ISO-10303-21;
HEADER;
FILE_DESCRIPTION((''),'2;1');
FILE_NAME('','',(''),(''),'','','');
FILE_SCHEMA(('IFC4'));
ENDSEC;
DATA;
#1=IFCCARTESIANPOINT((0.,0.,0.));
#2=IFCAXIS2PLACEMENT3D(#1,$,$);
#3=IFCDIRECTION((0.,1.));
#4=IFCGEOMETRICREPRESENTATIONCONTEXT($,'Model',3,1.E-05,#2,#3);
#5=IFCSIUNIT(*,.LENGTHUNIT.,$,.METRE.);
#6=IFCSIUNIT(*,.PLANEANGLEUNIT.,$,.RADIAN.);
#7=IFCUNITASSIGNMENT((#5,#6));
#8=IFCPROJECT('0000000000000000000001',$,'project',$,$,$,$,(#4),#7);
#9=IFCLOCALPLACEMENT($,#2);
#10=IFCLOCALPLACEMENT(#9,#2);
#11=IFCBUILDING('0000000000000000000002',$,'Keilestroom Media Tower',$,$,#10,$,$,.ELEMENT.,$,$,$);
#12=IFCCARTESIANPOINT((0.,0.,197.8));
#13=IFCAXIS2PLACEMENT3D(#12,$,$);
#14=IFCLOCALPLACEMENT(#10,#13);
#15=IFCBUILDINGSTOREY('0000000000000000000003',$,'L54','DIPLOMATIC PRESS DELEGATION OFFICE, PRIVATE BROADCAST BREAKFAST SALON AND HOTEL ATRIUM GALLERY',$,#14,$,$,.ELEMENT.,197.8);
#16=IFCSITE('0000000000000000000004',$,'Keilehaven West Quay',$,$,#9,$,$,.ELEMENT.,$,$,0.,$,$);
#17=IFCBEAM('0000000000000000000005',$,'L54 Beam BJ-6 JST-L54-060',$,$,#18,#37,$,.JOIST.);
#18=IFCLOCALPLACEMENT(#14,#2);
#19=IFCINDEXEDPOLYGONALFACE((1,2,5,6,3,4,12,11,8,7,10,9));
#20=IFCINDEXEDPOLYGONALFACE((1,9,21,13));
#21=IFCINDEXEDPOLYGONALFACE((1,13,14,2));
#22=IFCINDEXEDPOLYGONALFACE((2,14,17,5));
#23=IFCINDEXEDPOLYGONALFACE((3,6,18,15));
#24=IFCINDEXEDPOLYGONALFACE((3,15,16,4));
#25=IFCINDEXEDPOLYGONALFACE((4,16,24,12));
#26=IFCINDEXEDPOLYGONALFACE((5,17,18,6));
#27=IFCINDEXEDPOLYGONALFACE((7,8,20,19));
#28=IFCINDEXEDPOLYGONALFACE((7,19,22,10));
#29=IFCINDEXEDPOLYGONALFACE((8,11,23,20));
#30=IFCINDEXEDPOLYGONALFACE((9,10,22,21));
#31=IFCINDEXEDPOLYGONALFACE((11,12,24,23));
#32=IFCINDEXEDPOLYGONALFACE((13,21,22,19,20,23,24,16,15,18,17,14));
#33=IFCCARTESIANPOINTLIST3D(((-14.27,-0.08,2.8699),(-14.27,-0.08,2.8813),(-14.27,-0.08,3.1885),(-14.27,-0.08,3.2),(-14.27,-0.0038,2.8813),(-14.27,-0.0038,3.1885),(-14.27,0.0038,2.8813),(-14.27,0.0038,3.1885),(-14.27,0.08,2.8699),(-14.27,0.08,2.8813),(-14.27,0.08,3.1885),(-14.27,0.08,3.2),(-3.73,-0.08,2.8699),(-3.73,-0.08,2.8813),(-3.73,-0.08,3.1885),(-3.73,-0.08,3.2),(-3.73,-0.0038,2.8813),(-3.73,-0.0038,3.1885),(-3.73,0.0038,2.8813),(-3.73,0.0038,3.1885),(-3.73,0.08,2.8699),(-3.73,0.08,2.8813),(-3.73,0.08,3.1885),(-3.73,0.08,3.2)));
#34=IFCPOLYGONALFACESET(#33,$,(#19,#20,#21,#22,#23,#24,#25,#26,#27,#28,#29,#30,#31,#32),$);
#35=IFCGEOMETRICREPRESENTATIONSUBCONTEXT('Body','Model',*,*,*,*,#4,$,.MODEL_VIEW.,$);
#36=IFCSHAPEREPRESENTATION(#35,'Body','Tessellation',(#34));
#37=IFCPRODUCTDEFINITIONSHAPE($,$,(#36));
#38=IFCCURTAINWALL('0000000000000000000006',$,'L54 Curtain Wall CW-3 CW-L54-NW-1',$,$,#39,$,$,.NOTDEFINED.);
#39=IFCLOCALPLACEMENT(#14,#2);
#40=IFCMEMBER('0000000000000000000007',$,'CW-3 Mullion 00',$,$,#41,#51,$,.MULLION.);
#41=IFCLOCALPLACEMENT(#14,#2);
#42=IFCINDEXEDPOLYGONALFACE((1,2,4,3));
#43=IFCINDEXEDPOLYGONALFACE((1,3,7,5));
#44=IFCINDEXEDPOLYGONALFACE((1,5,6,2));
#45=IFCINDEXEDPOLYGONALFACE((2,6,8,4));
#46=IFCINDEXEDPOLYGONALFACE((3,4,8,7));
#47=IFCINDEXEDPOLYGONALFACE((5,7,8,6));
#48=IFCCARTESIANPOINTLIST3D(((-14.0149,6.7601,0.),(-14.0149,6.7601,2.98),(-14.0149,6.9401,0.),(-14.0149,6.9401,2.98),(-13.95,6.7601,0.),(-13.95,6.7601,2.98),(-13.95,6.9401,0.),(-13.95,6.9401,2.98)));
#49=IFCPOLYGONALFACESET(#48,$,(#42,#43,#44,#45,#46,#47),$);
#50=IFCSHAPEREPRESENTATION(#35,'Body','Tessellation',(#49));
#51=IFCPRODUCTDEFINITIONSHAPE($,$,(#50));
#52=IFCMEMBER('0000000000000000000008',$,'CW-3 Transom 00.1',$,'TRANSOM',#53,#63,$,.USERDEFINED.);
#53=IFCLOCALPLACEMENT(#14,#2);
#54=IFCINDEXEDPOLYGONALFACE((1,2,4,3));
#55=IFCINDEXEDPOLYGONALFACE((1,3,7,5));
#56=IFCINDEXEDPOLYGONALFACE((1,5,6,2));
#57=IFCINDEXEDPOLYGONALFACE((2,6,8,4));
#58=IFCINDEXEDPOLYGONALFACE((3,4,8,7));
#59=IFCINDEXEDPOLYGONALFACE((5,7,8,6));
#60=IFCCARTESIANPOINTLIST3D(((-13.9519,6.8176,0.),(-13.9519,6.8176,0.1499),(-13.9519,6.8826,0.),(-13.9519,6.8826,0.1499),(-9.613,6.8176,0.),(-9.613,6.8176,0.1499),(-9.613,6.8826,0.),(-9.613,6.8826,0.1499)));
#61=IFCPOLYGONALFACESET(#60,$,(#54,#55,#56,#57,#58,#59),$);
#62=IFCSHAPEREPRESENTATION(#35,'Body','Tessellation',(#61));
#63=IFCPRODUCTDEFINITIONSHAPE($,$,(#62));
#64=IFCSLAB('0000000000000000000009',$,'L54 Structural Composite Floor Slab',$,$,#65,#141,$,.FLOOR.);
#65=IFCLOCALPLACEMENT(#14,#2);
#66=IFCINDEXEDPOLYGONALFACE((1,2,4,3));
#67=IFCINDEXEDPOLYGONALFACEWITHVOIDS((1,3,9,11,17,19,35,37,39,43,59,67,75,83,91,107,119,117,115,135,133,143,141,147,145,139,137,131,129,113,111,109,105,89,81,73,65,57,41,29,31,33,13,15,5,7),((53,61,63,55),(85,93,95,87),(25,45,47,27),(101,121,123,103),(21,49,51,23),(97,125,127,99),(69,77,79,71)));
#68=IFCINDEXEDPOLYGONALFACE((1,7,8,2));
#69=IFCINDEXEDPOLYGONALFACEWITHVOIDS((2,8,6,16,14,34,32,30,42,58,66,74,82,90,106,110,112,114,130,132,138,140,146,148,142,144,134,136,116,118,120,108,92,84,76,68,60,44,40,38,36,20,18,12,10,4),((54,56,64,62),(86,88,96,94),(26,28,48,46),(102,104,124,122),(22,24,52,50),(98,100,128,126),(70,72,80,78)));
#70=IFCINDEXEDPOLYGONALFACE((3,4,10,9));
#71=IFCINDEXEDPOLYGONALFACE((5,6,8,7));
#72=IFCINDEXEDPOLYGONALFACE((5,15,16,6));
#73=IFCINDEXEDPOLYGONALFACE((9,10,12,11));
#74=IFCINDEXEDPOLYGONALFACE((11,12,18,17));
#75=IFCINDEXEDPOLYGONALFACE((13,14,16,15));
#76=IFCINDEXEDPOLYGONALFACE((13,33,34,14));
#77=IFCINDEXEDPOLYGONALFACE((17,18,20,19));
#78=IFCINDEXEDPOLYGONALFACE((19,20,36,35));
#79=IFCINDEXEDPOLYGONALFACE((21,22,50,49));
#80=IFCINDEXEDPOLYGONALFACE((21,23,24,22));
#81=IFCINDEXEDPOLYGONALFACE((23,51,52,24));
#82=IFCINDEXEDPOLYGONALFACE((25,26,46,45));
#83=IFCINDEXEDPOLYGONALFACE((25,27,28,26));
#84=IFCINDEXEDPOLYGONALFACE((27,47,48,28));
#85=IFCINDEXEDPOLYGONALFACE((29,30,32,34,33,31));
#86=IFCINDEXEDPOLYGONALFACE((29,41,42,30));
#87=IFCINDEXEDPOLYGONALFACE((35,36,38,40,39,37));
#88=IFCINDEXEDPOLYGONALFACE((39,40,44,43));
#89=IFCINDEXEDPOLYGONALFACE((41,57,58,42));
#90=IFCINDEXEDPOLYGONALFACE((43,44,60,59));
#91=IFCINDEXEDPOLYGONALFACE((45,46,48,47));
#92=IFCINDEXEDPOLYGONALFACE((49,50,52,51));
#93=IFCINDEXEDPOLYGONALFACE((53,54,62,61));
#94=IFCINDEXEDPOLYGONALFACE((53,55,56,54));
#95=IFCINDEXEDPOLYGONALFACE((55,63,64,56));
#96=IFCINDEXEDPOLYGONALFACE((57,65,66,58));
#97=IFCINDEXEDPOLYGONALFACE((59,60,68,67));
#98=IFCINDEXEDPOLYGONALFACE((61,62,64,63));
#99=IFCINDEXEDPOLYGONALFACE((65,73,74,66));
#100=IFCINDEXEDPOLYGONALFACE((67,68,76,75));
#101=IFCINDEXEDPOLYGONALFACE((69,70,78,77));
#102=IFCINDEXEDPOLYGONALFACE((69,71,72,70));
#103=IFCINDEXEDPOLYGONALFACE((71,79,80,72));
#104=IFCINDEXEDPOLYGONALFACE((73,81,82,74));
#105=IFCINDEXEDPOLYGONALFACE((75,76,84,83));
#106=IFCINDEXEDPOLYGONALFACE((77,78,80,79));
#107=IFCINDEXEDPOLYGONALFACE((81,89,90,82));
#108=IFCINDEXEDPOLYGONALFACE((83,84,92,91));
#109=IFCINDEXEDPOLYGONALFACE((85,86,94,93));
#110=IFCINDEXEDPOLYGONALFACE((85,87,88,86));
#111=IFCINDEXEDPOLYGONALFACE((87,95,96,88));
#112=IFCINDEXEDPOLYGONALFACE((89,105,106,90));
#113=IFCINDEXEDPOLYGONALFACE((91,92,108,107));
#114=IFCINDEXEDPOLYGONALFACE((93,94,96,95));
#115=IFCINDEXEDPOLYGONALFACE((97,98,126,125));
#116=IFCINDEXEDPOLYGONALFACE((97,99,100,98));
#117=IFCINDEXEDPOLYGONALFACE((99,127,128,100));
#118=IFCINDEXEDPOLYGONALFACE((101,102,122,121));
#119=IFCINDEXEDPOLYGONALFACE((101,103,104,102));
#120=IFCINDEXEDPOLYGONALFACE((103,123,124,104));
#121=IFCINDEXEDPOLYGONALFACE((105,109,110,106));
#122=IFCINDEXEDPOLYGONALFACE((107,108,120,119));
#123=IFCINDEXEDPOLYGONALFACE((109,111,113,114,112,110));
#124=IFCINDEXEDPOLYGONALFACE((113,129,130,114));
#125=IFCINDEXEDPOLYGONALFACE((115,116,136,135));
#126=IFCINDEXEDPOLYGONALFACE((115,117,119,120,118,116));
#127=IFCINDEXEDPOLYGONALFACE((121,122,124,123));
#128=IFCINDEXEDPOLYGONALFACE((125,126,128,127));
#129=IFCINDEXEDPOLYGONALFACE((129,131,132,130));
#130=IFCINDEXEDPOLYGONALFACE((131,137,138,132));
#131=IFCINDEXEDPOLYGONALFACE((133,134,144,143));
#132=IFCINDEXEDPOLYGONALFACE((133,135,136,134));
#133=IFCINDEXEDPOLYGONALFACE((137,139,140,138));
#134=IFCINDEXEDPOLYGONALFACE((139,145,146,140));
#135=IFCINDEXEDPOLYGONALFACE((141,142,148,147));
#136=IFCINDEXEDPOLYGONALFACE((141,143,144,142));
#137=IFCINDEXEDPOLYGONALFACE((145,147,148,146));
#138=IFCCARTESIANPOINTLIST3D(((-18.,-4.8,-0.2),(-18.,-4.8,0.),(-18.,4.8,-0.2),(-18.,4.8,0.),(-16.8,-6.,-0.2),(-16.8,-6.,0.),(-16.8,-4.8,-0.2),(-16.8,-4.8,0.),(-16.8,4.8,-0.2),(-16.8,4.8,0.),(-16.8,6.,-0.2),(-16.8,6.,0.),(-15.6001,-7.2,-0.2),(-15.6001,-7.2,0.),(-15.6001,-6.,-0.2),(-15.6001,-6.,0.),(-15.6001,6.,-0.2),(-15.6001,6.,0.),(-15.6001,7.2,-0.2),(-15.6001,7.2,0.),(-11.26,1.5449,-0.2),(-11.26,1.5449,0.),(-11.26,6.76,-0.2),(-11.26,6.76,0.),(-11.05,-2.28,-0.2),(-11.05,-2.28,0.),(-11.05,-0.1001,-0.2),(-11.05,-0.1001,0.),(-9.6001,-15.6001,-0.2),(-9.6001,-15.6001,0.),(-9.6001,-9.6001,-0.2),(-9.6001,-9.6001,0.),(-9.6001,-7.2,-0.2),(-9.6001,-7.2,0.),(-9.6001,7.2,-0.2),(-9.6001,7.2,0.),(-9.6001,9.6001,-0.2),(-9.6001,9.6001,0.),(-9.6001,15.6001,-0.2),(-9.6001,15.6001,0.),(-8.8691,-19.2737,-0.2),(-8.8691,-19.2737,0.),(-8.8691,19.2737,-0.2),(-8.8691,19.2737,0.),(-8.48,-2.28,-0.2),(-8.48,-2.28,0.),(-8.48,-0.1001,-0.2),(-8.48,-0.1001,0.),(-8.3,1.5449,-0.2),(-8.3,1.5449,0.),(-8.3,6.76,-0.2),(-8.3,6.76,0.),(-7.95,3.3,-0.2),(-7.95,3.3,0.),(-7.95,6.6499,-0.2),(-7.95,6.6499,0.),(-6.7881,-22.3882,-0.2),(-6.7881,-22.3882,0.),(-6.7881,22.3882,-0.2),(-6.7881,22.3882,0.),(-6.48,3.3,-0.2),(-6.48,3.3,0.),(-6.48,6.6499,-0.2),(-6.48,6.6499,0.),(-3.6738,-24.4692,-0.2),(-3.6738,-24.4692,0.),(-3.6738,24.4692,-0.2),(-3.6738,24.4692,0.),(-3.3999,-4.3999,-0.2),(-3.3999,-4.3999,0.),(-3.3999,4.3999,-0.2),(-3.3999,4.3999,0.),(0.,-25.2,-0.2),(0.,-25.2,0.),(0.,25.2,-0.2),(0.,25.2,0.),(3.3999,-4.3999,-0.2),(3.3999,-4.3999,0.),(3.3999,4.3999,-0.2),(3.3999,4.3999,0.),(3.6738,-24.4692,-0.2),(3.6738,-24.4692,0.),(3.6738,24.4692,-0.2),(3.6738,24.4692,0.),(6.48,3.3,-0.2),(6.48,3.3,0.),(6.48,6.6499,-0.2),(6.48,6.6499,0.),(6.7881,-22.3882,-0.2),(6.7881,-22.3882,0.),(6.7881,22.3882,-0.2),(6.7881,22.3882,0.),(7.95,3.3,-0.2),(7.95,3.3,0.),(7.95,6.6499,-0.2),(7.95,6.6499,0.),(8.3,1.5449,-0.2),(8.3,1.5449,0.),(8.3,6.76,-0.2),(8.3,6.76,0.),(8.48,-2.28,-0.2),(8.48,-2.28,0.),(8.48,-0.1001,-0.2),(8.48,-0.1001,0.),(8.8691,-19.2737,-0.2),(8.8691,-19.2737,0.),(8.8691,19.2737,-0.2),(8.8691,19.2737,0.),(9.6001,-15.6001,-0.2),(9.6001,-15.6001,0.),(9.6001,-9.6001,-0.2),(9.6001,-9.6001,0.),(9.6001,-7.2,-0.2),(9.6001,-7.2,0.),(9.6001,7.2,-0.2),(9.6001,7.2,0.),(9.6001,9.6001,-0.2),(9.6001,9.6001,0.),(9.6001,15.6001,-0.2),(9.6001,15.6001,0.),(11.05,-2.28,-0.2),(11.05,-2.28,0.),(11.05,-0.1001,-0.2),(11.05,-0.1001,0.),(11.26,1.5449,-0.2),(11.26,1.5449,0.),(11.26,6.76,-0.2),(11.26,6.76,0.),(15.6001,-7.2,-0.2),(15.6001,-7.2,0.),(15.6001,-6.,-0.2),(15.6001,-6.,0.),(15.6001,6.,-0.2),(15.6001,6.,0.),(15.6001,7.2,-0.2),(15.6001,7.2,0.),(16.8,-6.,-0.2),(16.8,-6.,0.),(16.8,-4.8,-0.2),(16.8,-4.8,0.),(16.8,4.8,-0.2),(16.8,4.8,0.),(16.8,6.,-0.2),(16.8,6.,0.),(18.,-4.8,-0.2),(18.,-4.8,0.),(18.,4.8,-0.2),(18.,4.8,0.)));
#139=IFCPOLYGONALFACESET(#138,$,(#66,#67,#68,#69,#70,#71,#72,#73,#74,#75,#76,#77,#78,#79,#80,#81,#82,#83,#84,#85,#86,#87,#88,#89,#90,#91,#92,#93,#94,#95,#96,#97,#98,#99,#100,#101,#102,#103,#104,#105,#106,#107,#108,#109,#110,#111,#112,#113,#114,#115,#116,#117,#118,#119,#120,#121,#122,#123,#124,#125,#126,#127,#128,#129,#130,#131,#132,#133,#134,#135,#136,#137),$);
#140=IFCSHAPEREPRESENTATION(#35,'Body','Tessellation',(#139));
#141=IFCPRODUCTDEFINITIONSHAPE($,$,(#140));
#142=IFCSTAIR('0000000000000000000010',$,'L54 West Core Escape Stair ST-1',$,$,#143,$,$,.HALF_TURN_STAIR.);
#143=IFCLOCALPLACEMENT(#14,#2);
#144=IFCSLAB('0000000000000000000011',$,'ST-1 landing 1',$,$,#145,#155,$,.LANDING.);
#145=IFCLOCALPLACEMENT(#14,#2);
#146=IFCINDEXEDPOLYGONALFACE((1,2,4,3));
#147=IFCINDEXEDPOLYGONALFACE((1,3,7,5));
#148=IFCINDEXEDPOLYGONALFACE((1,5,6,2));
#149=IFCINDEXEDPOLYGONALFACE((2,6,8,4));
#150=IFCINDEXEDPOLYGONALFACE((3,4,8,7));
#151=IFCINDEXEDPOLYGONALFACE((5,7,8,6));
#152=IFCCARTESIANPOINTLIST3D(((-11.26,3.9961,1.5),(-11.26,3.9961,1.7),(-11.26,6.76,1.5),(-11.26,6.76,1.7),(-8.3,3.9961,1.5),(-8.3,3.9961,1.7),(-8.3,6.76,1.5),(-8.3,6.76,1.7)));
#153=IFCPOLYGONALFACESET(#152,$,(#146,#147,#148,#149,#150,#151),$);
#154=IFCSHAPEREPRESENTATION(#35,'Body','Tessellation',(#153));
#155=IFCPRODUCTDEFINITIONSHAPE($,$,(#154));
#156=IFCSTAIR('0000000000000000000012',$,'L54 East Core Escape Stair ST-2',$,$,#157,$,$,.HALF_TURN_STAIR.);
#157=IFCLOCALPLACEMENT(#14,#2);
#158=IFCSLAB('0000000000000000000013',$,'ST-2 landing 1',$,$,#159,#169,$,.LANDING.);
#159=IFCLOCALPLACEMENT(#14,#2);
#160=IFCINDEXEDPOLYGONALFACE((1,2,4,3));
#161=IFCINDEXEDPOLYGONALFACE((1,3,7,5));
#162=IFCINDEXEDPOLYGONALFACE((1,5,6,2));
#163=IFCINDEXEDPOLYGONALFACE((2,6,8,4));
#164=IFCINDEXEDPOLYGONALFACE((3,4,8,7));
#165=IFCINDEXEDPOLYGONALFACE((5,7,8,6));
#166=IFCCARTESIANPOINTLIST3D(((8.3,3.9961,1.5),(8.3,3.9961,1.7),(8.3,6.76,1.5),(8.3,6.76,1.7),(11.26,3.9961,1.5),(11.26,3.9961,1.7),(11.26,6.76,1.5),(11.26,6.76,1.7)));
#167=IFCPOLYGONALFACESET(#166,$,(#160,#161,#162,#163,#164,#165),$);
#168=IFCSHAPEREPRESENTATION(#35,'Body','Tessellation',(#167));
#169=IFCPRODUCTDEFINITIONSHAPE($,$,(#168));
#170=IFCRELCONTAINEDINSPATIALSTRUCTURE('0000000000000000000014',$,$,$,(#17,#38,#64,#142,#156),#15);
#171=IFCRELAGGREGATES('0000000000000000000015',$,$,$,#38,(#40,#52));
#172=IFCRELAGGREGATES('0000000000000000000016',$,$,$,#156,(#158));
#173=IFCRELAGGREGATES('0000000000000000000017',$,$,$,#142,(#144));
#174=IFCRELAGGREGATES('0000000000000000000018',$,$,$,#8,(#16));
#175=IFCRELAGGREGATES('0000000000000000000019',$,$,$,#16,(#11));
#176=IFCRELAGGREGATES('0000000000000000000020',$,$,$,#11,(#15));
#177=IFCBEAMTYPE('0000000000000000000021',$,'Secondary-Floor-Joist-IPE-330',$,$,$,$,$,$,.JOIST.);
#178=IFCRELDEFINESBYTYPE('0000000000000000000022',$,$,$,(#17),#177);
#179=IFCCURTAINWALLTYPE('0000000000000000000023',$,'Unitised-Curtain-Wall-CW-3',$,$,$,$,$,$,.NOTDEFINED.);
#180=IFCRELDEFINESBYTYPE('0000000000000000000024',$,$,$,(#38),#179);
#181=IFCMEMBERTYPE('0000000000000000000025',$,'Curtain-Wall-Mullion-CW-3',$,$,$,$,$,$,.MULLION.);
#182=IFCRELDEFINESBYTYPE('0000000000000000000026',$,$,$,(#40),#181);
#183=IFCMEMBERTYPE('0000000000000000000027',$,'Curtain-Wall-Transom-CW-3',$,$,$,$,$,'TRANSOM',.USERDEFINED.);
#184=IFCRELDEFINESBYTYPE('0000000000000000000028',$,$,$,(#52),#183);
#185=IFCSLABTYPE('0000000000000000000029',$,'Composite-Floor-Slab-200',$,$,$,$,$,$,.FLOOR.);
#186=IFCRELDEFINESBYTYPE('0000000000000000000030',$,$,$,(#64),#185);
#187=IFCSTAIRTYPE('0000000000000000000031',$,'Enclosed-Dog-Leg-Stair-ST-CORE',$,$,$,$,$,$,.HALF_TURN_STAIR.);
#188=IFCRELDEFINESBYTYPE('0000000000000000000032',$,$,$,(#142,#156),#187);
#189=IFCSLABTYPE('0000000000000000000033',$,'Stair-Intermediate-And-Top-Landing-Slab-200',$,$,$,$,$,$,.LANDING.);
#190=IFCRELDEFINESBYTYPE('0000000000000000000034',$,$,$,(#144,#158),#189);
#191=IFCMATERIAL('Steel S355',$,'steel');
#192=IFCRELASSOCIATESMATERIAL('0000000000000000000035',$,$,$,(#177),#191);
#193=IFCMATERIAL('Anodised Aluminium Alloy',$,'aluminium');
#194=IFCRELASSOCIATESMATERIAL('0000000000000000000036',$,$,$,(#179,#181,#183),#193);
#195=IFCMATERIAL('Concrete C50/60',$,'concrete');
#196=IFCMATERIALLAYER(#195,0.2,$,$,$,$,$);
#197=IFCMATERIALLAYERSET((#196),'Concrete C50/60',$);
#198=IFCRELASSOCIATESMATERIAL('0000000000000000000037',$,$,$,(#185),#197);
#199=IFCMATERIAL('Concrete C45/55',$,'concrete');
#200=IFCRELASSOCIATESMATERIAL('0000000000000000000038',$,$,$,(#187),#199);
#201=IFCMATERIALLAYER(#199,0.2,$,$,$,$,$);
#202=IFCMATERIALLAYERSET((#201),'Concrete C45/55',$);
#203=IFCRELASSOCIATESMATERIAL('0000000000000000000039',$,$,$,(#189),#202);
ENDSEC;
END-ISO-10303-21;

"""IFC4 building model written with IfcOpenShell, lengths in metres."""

from ifc_helpers import new_model, si_unit, direction, frame, origin, origin_2d, place, context, subcontext, project, spatial, polyline, rectangle, i_section, outline, extrude, source, transform, mapped, material, layer, layer_set, material_profile, profile_set, type_object, element, aggregate, save


model = new_model("IFC4")

# Units and contexts
model_context = context("Model", 3, precision=1e-05, world=origin(), true_north=direction((0.0, 1.0)))
body_context = subcontext(model_context, "Body", "Model", "MODEL_VIEW")
ifc_project = project(units=[si_unit("LENGTHUNIT", "METRE"), si_unit("PLANEANGLEUNIT", "RADIAN")], contexts=[model_context])

# Site, building, storey
site_placement = place(None, origin())
site = spatial("IfcSite", under=ifc_project, at=site_placement, Name="Keilehaven West Quay", CompositionType="ELEMENT", RefElevation=0.0)
building_placement = place(site_placement, origin())
building = spatial("IfcBuilding", under=site, at=building_placement, Name="Keilestroom Media Tower", CompositionType="ELEMENT")
storey_placement = place(building_placement, frame((0.0, 0.0, 197.8)))
storey = spatial("IfcBuildingStorey", under=building, at=storey_placement, Name="L54", Description="DIPLOMATIC PRESS DELEGATION OFFICE, PRIVATE BROADCAST BREAKFAST SALON AND HOTEL ATRIUM GALLERY", CompositionType="ELEMENT", Elevation=197.8)

# Beam
ifc_material_1 = material(Name="Steel S355", Category="steel")
ifc_material_profile_1 = material_profile(ifc_material_1, i_section(OverallWidth=0.1599, OverallDepth=0.3301, WebThickness=0.0076, FlangeThickness=0.0115, at=origin_2d()), Name="IPE 330")
ifc_profile_set_1 = profile_set([ifc_material_profile_1], Name="Steel S355")
beam_type = type_object("IfcBeamType", Name="Secondary-Floor-Joist-IPE-330", PredefinedType="JOIST", material=ifc_profile_set_1)
shared_shape_1 = source(origin(), body_context, "Body", "SweptSolid", [
    extrude(i_section(OverallWidth=0.1599, OverallDepth=0.3301, WebThickness=0.0076, FlangeThickness=0.0115, at=origin_2d()), origin(), (0.0, 0.0, 1.0), 10.54),
])
beam_placement = place(storey_placement, frame((-14.27, 0.0, 3.0349), z_axis=(1.0, 0.0, 0.0), x_axis=(0.0, 1.0, 0.0)))
element("IfcBeam", 1, at=beam_placement, inside=storey, type_object=beam_type, Name="L54 Beam BJ-6 JST-L54-060", PredefinedType="JOIST", context=body_context, shape_type="MappedRepresentation", body=[
    mapped(shared_shape_1, transform((0.0, 0.0, 0.0), x_axis=(1.0, 0.0, 0.0), y_axis=(0.0, 1.0, 0.0), z_axis=(0.0, 0.0, 1.0), scale=1.0)),
])

# Curtain wall, members
ifc_material_2 = material(Name="Anodised Aluminium Alloy", Category="aluminium")
curtain_wall_type = type_object("IfcCurtainWallType", Name="Unitised-Curtain-Wall-CW-3", PredefinedType="NOTDEFINED", material=ifc_material_2)
curtain_wall_placement = place(storey_placement, origin())
curtain_wall = element("IfcCurtainWall", 2, at=curtain_wall_placement, inside=storey, type_object=curtain_wall_type, Name="L54 Curtain Wall CW-3 CW-L54-NW-1", PredefinedType="NOTDEFINED")
ifc_material_profile_2 = material_profile(ifc_material_2, rectangle(XDim=0.0649, YDim=0.1799, at=origin_2d()), Name="ALU MULLION 65x180")
ifc_profile_set_2 = profile_set([ifc_material_profile_2], Name="Anodised Aluminium Alloy")
member_type_1 = type_object("IfcMemberType", Name="Curtain-Wall-Mullion-CW-3", PredefinedType="MULLION", material=ifc_profile_set_2)
shared_shape_2 = source(origin(), body_context, "Body", "SweptSolid", [
    extrude(rectangle(XDim=0.0649, YDim=0.1799, at=origin_2d()), origin(), (0.0, 0.0, 1.0), 2.98),
])
member_1_placement = place(storey_placement, frame((-13.9824, 6.8501, 0.0), z_axis=(0.0, 0.0, 1.0), x_axis=(1.0, 0.0, 0.0)))
member_1 = element("IfcMember", 3, at=member_1_placement, type_object=member_type_1, Name="CW-3 Mullion 00", PredefinedType="MULLION", context=body_context, shape_type="MappedRepresentation", body=[
    mapped(shared_shape_2, transform((0.0, 0.0, 0.0), x_axis=(1.0, 0.0, 0.0), y_axis=(0.0, 1.0, 0.0), z_axis=(0.0, 0.0, 1.0), scale=1.0)),
])
ifc_material_profile_3 = material_profile(ifc_material_2, rectangle(XDim=0.0649, YDim=0.1499, at=origin_2d()), Name="ALU TRANSOM 65x150")
ifc_profile_set_3 = profile_set([ifc_material_profile_3], Name="Anodised Aluminium Alloy")
member_type_2 = type_object("IfcMemberType", Name="Curtain-Wall-Transom-CW-3", ElementType="TRANSOM", PredefinedType="USERDEFINED", material=ifc_profile_set_3)
shared_shape_3 = source(origin(), body_context, "Body", "SweptSolid", [
    extrude(rectangle(XDim=0.0649, YDim=0.1499, at=origin_2d()), origin(), (0.0, 0.0, 1.0), 4.3389),
])
member_2_placement = place(storey_placement, frame((-13.9519, 6.8501, 0.075), z_axis=(1.0, 0.0, 0.0), x_axis=(0.0, 1.0, 0.0)))
member_2 = element("IfcMember", 4, at=member_2_placement, type_object=member_type_2, Name="CW-3 Transom 00.1", ObjectType="TRANSOM", PredefinedType="USERDEFINED", context=body_context, shape_type="MappedRepresentation", body=[
    mapped(shared_shape_3, transform((0.0, 0.0, 0.0), x_axis=(1.0, 0.0, 0.0), y_axis=(0.0, 1.0, 0.0), z_axis=(0.0, 0.0, 1.0), scale=1.0)),
])
aggregate(curtain_wall, [member_1, member_2])

# Slab
ifc_material_3 = material(Name="Concrete C50/60", Category="concrete")
ifc_layer_1 = layer(ifc_material_3, 0.2)
ifc_layer_set_1 = layer_set([ifc_layer_1], Name="Concrete C50/60")
slab_type_1 = type_object("IfcSlabType", Name="Composite-Floor-Slab-200", PredefinedType="FLOOR", material=ifc_layer_set_1)
slab_1_placement = place(storey_placement, frame((0.0, 0.0, -0.2)))
element("IfcSlab", 5, at=slab_1_placement, inside=storey, type_object=slab_type_1, Name="L54 Structural Composite Floor Slab", PredefinedType="FLOOR", context=body_context, shape_type="SweptSolid", body=[
    extrude(outline(polyline([(18.0, -4.8), (18.0, 4.8), (16.8, 4.8), (16.8, 6.0), (15.6001, 6.0), (15.6001, 7.2), (9.6001, 7.2), (9.6001, 9.6001), (9.6001, 15.6001), (8.8691, 19.2737), (6.7881, 22.3882), (3.6738, 24.4692), (0.0, 25.2), (-3.6738, 24.4692), (-6.7881, 22.3882), (-8.8691, 19.2737), (-9.6001, 15.6001), (-9.6001, 9.6001), (-9.6001, 7.2), (-15.6001, 7.2), (-15.6001, 6.0), (-16.8, 6.0), (-16.8, 4.8), (-18.0, 4.8), (-18.0, -4.8), (-16.8, -4.8), (-16.8, -6.0), (-15.6001, -6.0), (-15.6001, -7.2), (-9.6001, -7.2), (-9.6001, -9.6001), (-9.6001, -15.6001), (-8.8691, -19.2737), (-6.7881, -22.3882), (-3.6738, -24.4692), (0.0, -25.2), (3.6738, -24.4692), (6.7881, -22.3882), (8.8691, -19.2737), (9.6001, -15.6001), (9.6001, -9.6001), (9.6001, -7.2), (15.6001, -7.2), (15.6001, -6.0), (16.8, -6.0), (16.8, -4.8), (18.0, -4.8)]), holes=[polyline([(-8.3, 1.5449), (-11.26, 1.5449), (-11.26, 6.76), (-8.3, 6.76), (-8.3, 1.5449)]), polyline([(-8.48, -2.28), (-11.05, -2.28), (-11.05, -0.1001), (-8.48, -0.1001), (-8.48, -2.28)]), polyline([(-6.48, 3.3), (-7.95, 3.3), (-7.95, 6.6499), (-6.48, 6.6499), (-6.48, 3.3)]), polyline([(3.3999, -4.3999), (-3.3999, -4.3999), (-3.3999, 4.3999), (3.3999, 4.3999), (3.3999, -4.3999)]), polyline([(7.95, 3.3), (6.48, 3.3), (6.48, 6.6499), (7.95, 6.6499), (7.95, 3.3)]), polyline([(11.26, 1.5449), (8.3, 1.5449), (8.3, 6.76), (11.26, 6.76), (11.26, 1.5449)]), polyline([(11.05, -2.28), (8.48, -2.28), (8.48, -0.1001), (11.05, -0.1001), (11.05, -2.28)])]), origin(), (0.0, 0.0, 1.0), 0.2),
])

# Stairs, slabs
ifc_material_4 = material(Name="Concrete C45/55", Category="concrete")
stair_type = type_object("IfcStairType", Name="Enclosed-Dog-Leg-Stair-ST-CORE", PredefinedType="HALF_TURN_STAIR", material=ifc_material_4)
stair_1_placement = place(storey_placement, origin())
stair_1 = element("IfcStair", 6, at=stair_1_placement, inside=storey, type_object=stair_type, Name="L54 West Core Escape Stair ST-1", PredefinedType="HALF_TURN_STAIR")
ifc_layer_2 = layer(ifc_material_4, 0.2)
ifc_layer_set_2 = layer_set([ifc_layer_2], Name="Concrete C45/55")
slab_type_2 = type_object("IfcSlabType", Name="Stair-Intermediate-And-Top-Landing-Slab-200", PredefinedType="LANDING", material=ifc_layer_set_2)
slab_2_placement = place(storey_placement, frame((0.0, 0.0, 1.5)))
slab_2 = element("IfcSlab", 7, at=slab_2_placement, type_object=slab_type_2, Name="ST-1 landing 1", PredefinedType="LANDING", context=body_context, shape_type="SweptSolid", body=[
    extrude(outline(polyline([(-8.3, 3.9961), (-8.3, 6.76), (-11.26, 6.76), (-11.26, 3.9961), (-8.3, 3.9961)])), origin(), (0.0, 0.0, 1.0), 0.2),
])
stair_2_placement = place(storey_placement, origin())
stair_2 = element("IfcStair", 8, at=stair_2_placement, inside=storey, type_object=stair_type, Name="L54 East Core Escape Stair ST-2", PredefinedType="HALF_TURN_STAIR")
slab_3_placement = place(storey_placement, frame((0.0, 0.0, 1.5)))
slab_3 = element("IfcSlab", 9, at=slab_3_placement, type_object=slab_type_2, Name="ST-2 landing 1", PredefinedType="LANDING", context=body_context, shape_type="SweptSolid", body=[
    extrude(outline(polyline([(11.26, 3.9961), (11.26, 6.76), (8.3, 6.76), (8.3, 3.9961), (11.26, 3.9961)])), origin(), (0.0, 0.0, 1.0), 0.2),
])
aggregate(stair_2, [slab_3])

aggregate(stair_1, [slab_2])

save(model, "model.ifc")
